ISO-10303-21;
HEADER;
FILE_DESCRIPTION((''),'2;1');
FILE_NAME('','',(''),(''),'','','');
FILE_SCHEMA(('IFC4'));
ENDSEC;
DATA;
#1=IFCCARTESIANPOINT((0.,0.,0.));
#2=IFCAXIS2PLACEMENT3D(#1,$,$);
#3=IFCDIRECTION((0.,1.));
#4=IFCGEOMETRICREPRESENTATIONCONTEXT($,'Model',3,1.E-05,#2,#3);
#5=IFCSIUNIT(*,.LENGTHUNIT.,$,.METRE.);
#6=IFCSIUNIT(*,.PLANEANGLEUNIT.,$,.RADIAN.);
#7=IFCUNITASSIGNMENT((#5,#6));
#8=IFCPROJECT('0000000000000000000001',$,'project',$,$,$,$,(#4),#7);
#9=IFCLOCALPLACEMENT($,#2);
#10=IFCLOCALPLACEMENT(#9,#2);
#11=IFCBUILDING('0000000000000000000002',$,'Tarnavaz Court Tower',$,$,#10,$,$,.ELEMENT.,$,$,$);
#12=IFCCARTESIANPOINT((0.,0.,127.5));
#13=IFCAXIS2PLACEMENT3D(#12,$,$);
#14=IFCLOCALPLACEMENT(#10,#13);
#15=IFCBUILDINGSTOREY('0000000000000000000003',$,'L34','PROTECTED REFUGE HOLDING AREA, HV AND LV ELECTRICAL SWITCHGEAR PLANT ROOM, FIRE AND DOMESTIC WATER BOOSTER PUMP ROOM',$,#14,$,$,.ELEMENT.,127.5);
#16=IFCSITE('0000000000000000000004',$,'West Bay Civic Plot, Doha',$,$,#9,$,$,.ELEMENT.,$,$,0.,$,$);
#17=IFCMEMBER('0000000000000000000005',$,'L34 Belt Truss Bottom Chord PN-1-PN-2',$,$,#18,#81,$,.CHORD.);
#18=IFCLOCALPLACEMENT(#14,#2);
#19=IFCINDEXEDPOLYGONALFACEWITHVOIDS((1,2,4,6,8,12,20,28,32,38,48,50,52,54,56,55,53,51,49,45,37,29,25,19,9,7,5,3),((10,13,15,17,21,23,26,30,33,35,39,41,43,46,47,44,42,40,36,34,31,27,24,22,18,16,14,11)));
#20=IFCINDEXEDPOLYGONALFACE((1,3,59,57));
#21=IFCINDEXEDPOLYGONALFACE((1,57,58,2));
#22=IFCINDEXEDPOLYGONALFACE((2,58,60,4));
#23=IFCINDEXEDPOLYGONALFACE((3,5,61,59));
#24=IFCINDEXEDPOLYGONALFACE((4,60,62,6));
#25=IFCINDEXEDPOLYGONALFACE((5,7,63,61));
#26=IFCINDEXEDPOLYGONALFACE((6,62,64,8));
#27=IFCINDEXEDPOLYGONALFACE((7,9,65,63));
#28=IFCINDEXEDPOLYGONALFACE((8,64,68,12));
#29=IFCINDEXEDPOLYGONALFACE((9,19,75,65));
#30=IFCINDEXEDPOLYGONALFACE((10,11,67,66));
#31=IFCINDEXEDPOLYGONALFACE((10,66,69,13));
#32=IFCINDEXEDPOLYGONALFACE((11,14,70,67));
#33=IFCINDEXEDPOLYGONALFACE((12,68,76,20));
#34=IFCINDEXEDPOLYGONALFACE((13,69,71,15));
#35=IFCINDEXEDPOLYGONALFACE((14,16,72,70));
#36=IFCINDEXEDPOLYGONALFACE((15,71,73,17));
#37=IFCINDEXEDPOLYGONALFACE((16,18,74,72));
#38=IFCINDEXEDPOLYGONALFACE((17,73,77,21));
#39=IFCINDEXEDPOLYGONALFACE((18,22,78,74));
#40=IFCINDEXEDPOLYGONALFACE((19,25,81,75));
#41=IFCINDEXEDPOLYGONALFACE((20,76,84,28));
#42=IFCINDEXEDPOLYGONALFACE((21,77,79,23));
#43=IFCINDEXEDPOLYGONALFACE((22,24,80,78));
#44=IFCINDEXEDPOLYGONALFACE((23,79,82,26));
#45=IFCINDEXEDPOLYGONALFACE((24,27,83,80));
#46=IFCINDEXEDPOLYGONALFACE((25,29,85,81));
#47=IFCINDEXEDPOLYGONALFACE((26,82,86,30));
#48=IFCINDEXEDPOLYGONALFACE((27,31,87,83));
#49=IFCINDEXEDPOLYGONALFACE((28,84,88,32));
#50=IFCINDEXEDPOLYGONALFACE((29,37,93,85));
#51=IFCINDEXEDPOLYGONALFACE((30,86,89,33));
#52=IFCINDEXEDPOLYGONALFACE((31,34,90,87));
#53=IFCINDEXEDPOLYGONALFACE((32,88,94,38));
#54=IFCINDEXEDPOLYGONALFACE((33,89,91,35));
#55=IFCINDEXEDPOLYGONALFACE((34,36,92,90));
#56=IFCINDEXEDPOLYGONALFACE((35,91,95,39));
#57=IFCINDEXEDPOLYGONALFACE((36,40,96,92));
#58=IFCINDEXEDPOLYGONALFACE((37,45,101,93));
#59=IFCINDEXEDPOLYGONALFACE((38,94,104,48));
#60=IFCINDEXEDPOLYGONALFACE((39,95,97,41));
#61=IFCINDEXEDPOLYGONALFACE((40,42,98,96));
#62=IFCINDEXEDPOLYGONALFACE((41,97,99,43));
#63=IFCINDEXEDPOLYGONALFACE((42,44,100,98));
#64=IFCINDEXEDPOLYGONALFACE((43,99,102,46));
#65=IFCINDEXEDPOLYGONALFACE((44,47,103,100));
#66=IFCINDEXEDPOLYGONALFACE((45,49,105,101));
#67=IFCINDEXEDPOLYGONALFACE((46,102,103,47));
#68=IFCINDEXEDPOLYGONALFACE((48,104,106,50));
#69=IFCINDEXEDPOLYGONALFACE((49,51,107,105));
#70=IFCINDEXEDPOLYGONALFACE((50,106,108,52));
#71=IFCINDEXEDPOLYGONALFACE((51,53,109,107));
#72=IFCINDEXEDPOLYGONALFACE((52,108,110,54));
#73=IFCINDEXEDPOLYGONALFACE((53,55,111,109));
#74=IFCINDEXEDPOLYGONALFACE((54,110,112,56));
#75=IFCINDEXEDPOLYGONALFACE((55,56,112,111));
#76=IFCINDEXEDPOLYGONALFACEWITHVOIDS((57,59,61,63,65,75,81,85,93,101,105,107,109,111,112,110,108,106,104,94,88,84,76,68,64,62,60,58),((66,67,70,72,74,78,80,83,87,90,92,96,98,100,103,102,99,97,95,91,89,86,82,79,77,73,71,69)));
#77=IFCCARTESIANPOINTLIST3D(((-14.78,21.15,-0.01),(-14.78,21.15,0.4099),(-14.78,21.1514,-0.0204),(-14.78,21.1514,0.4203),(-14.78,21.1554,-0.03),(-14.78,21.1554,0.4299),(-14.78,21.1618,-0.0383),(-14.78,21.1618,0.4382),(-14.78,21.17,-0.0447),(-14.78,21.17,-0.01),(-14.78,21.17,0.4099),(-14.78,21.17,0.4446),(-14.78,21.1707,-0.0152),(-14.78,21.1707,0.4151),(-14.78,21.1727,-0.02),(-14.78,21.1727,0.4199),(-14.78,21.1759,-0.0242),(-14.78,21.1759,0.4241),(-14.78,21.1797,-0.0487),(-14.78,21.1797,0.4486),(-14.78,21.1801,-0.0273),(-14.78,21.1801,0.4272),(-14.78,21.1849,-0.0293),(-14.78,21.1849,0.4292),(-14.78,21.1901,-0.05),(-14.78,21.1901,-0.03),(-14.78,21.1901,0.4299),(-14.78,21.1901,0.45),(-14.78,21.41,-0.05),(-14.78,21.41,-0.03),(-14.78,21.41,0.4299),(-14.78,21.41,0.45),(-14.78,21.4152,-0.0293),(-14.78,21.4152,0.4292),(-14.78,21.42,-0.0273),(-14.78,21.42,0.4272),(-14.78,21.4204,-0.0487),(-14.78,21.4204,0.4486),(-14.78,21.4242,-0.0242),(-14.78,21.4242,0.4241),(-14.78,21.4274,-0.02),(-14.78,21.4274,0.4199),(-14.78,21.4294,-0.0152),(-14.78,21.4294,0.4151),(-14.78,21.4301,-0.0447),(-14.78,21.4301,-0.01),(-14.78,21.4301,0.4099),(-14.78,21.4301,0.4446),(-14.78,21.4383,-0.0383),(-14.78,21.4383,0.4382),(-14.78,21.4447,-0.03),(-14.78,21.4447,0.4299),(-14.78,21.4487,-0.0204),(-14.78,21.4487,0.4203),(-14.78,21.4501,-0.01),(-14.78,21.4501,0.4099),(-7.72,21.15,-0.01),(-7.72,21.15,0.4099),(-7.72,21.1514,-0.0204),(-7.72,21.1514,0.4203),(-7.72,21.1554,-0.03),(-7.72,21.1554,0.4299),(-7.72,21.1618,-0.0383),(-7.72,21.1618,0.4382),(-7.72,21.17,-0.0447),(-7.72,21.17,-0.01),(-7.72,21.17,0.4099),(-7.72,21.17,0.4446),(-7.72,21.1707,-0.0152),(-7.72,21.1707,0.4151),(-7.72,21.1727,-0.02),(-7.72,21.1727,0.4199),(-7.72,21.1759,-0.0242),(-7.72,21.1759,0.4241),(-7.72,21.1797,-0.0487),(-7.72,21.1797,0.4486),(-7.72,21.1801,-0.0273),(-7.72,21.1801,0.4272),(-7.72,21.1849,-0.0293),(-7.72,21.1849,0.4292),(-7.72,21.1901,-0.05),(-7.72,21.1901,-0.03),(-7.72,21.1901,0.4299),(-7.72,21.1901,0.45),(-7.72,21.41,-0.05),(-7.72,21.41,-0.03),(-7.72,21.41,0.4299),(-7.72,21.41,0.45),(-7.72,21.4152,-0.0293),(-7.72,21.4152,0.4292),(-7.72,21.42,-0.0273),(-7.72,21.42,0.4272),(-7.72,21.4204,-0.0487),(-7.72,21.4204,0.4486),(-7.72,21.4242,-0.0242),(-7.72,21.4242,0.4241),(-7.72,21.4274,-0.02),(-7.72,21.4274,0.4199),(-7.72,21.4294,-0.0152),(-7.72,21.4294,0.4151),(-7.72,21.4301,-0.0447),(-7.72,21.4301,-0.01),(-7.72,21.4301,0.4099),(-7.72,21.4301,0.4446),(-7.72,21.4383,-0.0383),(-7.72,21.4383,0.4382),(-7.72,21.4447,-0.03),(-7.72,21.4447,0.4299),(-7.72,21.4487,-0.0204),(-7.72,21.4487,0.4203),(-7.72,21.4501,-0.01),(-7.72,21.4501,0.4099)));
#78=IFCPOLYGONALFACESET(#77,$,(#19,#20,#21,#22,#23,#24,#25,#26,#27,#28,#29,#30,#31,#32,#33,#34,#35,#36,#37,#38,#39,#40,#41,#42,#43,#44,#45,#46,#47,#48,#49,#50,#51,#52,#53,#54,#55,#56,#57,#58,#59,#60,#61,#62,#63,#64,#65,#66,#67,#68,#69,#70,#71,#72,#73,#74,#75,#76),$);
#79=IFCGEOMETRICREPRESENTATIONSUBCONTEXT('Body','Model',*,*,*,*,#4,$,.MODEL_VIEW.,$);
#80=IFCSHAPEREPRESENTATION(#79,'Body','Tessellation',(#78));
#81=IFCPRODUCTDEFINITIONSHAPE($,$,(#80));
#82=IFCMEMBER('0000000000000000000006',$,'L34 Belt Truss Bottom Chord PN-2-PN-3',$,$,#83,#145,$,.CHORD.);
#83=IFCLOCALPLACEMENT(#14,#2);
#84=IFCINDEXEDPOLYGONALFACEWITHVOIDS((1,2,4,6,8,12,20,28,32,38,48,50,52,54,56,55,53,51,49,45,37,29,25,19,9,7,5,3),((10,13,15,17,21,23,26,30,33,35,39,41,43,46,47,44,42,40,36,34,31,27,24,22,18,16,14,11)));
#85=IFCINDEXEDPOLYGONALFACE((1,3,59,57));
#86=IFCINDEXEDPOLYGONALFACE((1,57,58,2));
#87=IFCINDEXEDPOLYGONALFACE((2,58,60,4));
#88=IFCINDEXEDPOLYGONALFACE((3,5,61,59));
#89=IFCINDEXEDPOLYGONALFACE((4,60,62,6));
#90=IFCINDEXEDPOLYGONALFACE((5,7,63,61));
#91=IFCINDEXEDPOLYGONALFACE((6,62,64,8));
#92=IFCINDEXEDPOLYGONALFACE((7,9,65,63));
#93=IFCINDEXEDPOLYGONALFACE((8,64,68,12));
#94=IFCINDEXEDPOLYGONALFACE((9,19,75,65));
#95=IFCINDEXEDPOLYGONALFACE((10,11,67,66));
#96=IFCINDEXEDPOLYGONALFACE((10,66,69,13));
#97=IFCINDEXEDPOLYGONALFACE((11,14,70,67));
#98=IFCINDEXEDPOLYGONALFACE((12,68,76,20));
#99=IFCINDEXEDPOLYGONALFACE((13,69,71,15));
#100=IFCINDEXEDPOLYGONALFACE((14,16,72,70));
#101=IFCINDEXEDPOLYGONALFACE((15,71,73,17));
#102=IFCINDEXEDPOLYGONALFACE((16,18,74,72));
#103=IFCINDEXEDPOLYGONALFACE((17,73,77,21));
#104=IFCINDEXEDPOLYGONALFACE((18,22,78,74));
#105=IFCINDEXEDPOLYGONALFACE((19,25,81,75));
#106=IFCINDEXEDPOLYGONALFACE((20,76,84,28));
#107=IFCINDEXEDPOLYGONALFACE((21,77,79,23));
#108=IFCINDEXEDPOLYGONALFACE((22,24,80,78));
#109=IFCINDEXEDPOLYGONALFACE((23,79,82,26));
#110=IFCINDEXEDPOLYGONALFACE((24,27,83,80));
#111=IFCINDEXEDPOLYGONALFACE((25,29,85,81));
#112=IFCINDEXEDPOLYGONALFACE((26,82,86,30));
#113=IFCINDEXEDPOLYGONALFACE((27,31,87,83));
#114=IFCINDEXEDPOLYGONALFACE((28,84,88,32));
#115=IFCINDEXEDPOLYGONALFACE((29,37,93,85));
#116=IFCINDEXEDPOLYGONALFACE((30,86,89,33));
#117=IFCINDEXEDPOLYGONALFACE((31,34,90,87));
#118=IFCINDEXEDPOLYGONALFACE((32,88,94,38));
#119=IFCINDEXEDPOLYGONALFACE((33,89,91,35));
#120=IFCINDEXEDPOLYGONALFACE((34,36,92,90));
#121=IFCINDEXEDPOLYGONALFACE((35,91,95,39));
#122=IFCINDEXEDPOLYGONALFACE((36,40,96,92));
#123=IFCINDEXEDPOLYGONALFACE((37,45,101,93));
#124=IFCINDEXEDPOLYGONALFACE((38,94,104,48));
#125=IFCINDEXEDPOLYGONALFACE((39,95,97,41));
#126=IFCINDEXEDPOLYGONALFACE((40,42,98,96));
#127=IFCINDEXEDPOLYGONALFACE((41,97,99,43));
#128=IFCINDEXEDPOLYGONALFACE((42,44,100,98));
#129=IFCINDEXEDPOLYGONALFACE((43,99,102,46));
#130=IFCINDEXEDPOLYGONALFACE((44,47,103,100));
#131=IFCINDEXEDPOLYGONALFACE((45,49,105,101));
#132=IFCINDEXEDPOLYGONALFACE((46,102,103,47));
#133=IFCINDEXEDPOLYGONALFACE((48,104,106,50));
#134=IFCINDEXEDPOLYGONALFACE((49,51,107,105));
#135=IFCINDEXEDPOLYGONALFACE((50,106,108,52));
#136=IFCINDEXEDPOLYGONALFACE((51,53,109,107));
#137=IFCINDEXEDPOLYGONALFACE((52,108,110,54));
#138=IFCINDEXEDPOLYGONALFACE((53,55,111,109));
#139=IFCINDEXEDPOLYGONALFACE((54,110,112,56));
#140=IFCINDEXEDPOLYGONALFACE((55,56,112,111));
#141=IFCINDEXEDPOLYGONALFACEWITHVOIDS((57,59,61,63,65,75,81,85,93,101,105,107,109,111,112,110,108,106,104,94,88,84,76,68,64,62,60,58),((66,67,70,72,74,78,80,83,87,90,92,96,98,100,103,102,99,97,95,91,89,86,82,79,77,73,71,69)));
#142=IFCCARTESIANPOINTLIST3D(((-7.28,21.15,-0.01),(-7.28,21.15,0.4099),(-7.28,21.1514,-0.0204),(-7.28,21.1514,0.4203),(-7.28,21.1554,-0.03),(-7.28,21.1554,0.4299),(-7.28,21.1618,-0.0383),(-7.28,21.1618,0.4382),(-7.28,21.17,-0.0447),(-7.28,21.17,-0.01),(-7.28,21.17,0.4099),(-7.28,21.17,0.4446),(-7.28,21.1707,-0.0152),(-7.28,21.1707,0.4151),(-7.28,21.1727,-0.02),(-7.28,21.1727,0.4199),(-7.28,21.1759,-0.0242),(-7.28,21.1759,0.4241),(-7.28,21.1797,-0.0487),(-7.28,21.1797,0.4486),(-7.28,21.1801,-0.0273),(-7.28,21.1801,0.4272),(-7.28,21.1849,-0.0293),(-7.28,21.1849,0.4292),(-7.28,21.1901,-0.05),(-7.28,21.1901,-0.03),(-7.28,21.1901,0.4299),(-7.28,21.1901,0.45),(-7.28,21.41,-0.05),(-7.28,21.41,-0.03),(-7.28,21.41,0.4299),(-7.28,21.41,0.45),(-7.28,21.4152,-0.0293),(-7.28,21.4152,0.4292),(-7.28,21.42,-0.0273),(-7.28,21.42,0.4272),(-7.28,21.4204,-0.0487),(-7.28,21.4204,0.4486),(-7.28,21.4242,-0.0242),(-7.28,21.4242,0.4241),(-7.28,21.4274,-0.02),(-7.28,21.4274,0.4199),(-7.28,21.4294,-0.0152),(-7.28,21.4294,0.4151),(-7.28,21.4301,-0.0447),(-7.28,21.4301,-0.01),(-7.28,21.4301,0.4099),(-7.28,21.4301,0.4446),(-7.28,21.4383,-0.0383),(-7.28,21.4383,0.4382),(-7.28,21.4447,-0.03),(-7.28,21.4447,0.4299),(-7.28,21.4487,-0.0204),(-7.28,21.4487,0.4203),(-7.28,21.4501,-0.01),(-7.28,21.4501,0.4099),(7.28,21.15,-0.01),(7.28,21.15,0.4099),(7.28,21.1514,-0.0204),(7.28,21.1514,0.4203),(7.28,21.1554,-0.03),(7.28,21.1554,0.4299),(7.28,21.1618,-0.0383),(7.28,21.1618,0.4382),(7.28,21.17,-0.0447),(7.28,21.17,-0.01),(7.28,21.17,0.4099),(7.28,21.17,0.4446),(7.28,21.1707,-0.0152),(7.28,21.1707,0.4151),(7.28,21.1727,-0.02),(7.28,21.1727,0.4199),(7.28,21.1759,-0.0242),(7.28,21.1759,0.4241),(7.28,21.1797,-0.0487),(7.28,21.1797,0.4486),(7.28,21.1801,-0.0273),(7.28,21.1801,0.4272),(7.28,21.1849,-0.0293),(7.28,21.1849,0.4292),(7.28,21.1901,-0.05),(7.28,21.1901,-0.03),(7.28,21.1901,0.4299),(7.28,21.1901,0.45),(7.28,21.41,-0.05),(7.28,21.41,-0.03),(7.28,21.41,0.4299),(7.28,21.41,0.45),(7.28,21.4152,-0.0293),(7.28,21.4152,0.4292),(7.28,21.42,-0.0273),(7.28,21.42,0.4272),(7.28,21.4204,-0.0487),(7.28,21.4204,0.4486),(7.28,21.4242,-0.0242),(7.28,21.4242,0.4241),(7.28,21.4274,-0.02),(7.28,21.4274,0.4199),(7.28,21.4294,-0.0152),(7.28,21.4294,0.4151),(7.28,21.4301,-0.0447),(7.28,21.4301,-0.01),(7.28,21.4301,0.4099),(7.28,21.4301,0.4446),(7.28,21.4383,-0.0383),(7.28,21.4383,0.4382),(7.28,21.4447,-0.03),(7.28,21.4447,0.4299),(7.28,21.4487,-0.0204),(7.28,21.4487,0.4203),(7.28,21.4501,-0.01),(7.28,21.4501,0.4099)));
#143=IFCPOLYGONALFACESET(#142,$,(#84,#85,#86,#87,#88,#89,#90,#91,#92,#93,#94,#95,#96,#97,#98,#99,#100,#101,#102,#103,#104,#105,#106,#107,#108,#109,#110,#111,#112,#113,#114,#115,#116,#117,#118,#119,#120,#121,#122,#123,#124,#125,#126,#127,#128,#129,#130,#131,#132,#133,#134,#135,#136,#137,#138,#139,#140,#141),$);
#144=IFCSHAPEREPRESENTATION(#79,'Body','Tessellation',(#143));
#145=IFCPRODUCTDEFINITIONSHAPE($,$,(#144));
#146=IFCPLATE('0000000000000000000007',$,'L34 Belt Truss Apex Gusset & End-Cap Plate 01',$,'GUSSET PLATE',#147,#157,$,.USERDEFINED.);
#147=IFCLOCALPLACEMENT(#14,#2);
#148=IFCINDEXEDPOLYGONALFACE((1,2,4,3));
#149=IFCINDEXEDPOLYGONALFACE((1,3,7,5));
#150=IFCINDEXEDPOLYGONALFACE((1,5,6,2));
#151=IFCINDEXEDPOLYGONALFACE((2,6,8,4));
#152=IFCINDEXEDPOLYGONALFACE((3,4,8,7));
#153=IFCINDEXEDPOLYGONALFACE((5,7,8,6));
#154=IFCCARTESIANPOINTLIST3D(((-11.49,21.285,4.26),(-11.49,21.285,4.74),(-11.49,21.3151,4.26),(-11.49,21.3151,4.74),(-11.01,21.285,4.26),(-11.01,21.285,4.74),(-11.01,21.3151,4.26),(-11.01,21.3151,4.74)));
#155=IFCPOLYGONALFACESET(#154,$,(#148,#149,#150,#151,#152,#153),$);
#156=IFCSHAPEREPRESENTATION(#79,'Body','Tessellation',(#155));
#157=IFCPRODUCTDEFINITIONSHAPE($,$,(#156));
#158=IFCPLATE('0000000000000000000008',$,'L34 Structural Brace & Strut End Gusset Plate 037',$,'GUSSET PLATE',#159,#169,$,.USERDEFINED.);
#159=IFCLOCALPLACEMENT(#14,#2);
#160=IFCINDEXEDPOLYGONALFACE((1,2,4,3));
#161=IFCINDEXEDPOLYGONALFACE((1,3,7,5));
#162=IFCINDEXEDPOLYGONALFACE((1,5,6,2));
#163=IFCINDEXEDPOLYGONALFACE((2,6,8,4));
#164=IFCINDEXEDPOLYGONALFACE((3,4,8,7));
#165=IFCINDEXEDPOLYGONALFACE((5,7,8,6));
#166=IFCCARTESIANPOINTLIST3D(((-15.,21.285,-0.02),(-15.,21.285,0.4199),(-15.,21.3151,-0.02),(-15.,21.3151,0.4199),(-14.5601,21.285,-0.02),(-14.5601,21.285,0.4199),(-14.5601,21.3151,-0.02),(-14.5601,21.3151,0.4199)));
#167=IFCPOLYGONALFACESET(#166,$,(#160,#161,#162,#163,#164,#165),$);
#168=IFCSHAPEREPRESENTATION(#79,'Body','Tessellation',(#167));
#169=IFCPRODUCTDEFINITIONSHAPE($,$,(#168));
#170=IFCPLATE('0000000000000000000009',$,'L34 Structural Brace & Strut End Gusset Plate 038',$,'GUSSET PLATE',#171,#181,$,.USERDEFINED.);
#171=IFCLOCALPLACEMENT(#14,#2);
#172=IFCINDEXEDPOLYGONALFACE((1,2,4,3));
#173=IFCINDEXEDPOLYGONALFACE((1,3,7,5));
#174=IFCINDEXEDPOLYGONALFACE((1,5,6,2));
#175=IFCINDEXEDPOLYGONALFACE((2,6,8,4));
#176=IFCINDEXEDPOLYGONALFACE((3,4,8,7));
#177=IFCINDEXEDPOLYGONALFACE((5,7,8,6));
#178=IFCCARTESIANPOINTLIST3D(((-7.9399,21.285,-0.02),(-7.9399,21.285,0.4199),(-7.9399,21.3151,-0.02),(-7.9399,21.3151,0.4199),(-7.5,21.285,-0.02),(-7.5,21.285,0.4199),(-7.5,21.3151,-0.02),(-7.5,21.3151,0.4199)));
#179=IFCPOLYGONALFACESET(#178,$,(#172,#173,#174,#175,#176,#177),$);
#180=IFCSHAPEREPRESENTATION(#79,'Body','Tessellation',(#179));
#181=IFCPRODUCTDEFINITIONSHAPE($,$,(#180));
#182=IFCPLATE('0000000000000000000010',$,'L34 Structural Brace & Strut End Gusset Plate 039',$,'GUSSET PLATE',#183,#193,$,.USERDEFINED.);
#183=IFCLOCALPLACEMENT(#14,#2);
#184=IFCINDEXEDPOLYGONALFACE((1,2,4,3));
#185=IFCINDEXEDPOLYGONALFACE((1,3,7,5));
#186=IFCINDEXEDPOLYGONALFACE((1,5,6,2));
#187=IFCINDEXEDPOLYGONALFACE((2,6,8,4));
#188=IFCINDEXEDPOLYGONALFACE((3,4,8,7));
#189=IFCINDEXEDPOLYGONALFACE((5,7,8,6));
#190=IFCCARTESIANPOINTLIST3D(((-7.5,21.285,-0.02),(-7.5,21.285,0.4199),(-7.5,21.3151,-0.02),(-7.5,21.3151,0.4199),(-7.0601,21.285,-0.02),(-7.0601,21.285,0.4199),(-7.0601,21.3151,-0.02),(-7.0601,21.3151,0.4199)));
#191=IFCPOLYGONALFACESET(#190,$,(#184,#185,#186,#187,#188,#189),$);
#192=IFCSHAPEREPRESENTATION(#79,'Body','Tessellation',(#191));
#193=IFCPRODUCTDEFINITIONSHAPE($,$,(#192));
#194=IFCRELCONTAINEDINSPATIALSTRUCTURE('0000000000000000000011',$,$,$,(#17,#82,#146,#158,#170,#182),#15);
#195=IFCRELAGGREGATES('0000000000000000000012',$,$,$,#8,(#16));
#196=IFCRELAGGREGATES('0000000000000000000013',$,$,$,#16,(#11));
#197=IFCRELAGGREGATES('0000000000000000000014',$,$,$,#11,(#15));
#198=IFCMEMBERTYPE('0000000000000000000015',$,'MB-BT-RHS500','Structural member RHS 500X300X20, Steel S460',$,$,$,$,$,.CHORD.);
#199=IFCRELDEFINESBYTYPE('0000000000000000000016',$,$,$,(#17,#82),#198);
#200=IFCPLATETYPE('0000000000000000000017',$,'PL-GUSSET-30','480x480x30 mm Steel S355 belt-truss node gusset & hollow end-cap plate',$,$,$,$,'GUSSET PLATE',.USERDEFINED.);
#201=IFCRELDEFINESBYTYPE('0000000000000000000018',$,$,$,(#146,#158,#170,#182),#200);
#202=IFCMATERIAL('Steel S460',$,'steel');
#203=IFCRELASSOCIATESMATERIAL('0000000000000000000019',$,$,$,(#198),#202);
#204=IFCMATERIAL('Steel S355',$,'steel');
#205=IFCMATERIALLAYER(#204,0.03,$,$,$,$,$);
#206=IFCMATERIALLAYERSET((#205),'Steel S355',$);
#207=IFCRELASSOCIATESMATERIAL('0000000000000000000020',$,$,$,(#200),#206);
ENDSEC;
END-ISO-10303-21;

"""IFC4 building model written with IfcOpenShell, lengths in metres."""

from ifc_helpers import new_model, si_unit, direction, frame, origin, origin_2d, place, context, subcontext, project, spatial, rectangle, hollow_rectangle, extrude, material, layer, layer_set, material_profile, profile_set, type_object, element, save


model = new_model("IFC4")

# Units and contexts
model_context = context("Model", 3, precision=1e-05, world=origin(), true_north=direction((0.0, 1.0)))
body_context = subcontext(model_context, "Body", "Model", "MODEL_VIEW")
ifc_project = project(units=[si_unit("LENGTHUNIT", "METRE"), si_unit("PLANEANGLEUNIT", "RADIAN")], contexts=[model_context])

# Site, building, storey
site_placement = place(None, origin())
site = spatial("IfcSite", under=ifc_project, at=site_placement, Name="West Bay Civic Plot, Doha", CompositionType="ELEMENT", RefElevation=0.0)
building_placement = place(site_placement, origin())
building = spatial("IfcBuilding", under=site, at=building_placement, Name="Tarnavaz Court Tower", CompositionType="ELEMENT")
storey_placement = place(building_placement, frame((0.0, 0.0, 127.5)))
storey = spatial("IfcBuildingStorey", under=building, at=storey_placement, Name="L34", Description="PROTECTED REFUGE HOLDING AREA, HV AND LV ELECTRICAL SWITCHGEAR PLANT ROOM, FIRE AND DOMESTIC WATER BOOSTER PUMP ROOM", CompositionType="ELEMENT", Elevation=127.5)

# Shared definitions
ifc_material_1 = material(Name="Steel S460", Category="steel")

# Shared definitions
ifc_material_2 = material(Name="Steel S355", Category="steel")

# Members
ifc_material_profile_1 = material_profile(ifc_material_1, hollow_rectangle(XDim=0.3, YDim=0.5, WallThickness=0.02, InnerFilletRadius=0.02, OuterFilletRadius=0.04, at=origin_2d()), Name="RHS 500X300X20")
ifc_profile_set_1 = profile_set([ifc_material_profile_1], Name="Steel S460")
member_type_1 = type_object("IfcMemberType", Name="MB-BT-RHS500", Description="Structural member RHS 500X300X20, Steel S460", PredefinedType="CHORD", material=ifc_profile_set_1)
member_1_placement = place(storey_placement, frame((-14.78, 21.3, 0.2), z_axis=(1.0, 0.0, 0.0), x_axis=(0.0, 1.0, 0.0)))
element("IfcMember", 1, at=member_1_placement, inside=storey, type_object=member_type_1, Name="L34 Belt Truss Bottom Chord PN-1-PN-2", PredefinedType="CHORD", context=body_context, shape_type="SweptSolid", body=[
    extrude(hollow_rectangle(XDim=0.3, YDim=0.5, WallThickness=0.02, InnerFilletRadius=0.02, OuterFilletRadius=0.04, at=origin_2d()), origin(), (0.0, 0.0, 1.0), 7.0601),
])
member_2_placement = place(storey_placement, frame((-7.28, 21.3, 0.2), z_axis=(1.0, 0.0, 0.0), x_axis=(0.0, 1.0, 0.0)))
element("IfcMember", 2, at=member_2_placement, inside=storey, type_object=member_type_1, Name="L34 Belt Truss Bottom Chord PN-2-PN-3", PredefinedType="CHORD", context=body_context, shape_type="SweptSolid", body=[
    extrude(hollow_rectangle(XDim=0.3, YDim=0.5, WallThickness=0.02, InnerFilletRadius=0.02, OuterFilletRadius=0.04, at=origin_2d()), origin(), (0.0, 0.0, 1.0), 14.5601),
])

# Plates
ifc_layer_1 = layer(ifc_material_2, 0.03)
ifc_layer_set_1 = layer_set([ifc_layer_1], Name="Steel S355")
plate_type = type_object("IfcPlateType", Name="PL-GUSSET-30", Description="480x480x30 mm Steel S355 belt-truss node gusset & hollow end-cap plate", ElementType="GUSSET PLATE", PredefinedType="USERDEFINED", material=ifc_layer_set_1)
plate_placement = place(storey_placement, frame((-11.25, 21.3, 4.26), z_axis=(0.0, 0.0, 1.0), x_axis=(1.0, 0.0, 0.0)))
element("IfcPlate", 3, at=plate_placement, inside=storey, type_object=plate_type, Name="L34 Belt Truss Apex Gusset & End-Cap Plate 01", ObjectType="GUSSET PLATE", PredefinedType="USERDEFINED", context=body_context, shape_type="SweptSolid", body=[
    extrude(rectangle(XDim=0.48, YDim=0.03, at=origin_2d()), origin(), (0.0, 0.0, 1.0), 0.48),
])
for number, where, z_axis, x_axis, name in (
    (4, (-14.78, 21.3, -0.02), (0.0, 0.0, 1.0), (1.0, 0.0, 0.0), "L34 Structural Brace & Strut End Gusset Plate 037"),
    (5, (-7.72, 21.3, -0.02), (0.0, 0.0, 1.0), (1.0, 0.0, 0.0), "L34 Structural Brace & Strut End Gusset Plate 038"),
    (6, (-7.28, 21.3, -0.02), (0.0, 0.0, 1.0), (1.0, 0.0, 0.0), "L34 Structural Brace & Strut End Gusset Plate 039"),
):
    element("IfcPlate", number, at=place(storey_placement, frame(where, z_axis=z_axis, x_axis=x_axis)), inside=storey, type_object=plate_type, Name=name, ObjectType="GUSSET PLATE", PredefinedType="USERDEFINED", context=body_context, shape_type="SweptSolid", body=[
        extrude(rectangle(XDim=0.4399, YDim=0.03, at=origin_2d()), origin(), (0.0, 0.0, 1.0), 0.4399),
    ])

save(model, "model.ifc")
